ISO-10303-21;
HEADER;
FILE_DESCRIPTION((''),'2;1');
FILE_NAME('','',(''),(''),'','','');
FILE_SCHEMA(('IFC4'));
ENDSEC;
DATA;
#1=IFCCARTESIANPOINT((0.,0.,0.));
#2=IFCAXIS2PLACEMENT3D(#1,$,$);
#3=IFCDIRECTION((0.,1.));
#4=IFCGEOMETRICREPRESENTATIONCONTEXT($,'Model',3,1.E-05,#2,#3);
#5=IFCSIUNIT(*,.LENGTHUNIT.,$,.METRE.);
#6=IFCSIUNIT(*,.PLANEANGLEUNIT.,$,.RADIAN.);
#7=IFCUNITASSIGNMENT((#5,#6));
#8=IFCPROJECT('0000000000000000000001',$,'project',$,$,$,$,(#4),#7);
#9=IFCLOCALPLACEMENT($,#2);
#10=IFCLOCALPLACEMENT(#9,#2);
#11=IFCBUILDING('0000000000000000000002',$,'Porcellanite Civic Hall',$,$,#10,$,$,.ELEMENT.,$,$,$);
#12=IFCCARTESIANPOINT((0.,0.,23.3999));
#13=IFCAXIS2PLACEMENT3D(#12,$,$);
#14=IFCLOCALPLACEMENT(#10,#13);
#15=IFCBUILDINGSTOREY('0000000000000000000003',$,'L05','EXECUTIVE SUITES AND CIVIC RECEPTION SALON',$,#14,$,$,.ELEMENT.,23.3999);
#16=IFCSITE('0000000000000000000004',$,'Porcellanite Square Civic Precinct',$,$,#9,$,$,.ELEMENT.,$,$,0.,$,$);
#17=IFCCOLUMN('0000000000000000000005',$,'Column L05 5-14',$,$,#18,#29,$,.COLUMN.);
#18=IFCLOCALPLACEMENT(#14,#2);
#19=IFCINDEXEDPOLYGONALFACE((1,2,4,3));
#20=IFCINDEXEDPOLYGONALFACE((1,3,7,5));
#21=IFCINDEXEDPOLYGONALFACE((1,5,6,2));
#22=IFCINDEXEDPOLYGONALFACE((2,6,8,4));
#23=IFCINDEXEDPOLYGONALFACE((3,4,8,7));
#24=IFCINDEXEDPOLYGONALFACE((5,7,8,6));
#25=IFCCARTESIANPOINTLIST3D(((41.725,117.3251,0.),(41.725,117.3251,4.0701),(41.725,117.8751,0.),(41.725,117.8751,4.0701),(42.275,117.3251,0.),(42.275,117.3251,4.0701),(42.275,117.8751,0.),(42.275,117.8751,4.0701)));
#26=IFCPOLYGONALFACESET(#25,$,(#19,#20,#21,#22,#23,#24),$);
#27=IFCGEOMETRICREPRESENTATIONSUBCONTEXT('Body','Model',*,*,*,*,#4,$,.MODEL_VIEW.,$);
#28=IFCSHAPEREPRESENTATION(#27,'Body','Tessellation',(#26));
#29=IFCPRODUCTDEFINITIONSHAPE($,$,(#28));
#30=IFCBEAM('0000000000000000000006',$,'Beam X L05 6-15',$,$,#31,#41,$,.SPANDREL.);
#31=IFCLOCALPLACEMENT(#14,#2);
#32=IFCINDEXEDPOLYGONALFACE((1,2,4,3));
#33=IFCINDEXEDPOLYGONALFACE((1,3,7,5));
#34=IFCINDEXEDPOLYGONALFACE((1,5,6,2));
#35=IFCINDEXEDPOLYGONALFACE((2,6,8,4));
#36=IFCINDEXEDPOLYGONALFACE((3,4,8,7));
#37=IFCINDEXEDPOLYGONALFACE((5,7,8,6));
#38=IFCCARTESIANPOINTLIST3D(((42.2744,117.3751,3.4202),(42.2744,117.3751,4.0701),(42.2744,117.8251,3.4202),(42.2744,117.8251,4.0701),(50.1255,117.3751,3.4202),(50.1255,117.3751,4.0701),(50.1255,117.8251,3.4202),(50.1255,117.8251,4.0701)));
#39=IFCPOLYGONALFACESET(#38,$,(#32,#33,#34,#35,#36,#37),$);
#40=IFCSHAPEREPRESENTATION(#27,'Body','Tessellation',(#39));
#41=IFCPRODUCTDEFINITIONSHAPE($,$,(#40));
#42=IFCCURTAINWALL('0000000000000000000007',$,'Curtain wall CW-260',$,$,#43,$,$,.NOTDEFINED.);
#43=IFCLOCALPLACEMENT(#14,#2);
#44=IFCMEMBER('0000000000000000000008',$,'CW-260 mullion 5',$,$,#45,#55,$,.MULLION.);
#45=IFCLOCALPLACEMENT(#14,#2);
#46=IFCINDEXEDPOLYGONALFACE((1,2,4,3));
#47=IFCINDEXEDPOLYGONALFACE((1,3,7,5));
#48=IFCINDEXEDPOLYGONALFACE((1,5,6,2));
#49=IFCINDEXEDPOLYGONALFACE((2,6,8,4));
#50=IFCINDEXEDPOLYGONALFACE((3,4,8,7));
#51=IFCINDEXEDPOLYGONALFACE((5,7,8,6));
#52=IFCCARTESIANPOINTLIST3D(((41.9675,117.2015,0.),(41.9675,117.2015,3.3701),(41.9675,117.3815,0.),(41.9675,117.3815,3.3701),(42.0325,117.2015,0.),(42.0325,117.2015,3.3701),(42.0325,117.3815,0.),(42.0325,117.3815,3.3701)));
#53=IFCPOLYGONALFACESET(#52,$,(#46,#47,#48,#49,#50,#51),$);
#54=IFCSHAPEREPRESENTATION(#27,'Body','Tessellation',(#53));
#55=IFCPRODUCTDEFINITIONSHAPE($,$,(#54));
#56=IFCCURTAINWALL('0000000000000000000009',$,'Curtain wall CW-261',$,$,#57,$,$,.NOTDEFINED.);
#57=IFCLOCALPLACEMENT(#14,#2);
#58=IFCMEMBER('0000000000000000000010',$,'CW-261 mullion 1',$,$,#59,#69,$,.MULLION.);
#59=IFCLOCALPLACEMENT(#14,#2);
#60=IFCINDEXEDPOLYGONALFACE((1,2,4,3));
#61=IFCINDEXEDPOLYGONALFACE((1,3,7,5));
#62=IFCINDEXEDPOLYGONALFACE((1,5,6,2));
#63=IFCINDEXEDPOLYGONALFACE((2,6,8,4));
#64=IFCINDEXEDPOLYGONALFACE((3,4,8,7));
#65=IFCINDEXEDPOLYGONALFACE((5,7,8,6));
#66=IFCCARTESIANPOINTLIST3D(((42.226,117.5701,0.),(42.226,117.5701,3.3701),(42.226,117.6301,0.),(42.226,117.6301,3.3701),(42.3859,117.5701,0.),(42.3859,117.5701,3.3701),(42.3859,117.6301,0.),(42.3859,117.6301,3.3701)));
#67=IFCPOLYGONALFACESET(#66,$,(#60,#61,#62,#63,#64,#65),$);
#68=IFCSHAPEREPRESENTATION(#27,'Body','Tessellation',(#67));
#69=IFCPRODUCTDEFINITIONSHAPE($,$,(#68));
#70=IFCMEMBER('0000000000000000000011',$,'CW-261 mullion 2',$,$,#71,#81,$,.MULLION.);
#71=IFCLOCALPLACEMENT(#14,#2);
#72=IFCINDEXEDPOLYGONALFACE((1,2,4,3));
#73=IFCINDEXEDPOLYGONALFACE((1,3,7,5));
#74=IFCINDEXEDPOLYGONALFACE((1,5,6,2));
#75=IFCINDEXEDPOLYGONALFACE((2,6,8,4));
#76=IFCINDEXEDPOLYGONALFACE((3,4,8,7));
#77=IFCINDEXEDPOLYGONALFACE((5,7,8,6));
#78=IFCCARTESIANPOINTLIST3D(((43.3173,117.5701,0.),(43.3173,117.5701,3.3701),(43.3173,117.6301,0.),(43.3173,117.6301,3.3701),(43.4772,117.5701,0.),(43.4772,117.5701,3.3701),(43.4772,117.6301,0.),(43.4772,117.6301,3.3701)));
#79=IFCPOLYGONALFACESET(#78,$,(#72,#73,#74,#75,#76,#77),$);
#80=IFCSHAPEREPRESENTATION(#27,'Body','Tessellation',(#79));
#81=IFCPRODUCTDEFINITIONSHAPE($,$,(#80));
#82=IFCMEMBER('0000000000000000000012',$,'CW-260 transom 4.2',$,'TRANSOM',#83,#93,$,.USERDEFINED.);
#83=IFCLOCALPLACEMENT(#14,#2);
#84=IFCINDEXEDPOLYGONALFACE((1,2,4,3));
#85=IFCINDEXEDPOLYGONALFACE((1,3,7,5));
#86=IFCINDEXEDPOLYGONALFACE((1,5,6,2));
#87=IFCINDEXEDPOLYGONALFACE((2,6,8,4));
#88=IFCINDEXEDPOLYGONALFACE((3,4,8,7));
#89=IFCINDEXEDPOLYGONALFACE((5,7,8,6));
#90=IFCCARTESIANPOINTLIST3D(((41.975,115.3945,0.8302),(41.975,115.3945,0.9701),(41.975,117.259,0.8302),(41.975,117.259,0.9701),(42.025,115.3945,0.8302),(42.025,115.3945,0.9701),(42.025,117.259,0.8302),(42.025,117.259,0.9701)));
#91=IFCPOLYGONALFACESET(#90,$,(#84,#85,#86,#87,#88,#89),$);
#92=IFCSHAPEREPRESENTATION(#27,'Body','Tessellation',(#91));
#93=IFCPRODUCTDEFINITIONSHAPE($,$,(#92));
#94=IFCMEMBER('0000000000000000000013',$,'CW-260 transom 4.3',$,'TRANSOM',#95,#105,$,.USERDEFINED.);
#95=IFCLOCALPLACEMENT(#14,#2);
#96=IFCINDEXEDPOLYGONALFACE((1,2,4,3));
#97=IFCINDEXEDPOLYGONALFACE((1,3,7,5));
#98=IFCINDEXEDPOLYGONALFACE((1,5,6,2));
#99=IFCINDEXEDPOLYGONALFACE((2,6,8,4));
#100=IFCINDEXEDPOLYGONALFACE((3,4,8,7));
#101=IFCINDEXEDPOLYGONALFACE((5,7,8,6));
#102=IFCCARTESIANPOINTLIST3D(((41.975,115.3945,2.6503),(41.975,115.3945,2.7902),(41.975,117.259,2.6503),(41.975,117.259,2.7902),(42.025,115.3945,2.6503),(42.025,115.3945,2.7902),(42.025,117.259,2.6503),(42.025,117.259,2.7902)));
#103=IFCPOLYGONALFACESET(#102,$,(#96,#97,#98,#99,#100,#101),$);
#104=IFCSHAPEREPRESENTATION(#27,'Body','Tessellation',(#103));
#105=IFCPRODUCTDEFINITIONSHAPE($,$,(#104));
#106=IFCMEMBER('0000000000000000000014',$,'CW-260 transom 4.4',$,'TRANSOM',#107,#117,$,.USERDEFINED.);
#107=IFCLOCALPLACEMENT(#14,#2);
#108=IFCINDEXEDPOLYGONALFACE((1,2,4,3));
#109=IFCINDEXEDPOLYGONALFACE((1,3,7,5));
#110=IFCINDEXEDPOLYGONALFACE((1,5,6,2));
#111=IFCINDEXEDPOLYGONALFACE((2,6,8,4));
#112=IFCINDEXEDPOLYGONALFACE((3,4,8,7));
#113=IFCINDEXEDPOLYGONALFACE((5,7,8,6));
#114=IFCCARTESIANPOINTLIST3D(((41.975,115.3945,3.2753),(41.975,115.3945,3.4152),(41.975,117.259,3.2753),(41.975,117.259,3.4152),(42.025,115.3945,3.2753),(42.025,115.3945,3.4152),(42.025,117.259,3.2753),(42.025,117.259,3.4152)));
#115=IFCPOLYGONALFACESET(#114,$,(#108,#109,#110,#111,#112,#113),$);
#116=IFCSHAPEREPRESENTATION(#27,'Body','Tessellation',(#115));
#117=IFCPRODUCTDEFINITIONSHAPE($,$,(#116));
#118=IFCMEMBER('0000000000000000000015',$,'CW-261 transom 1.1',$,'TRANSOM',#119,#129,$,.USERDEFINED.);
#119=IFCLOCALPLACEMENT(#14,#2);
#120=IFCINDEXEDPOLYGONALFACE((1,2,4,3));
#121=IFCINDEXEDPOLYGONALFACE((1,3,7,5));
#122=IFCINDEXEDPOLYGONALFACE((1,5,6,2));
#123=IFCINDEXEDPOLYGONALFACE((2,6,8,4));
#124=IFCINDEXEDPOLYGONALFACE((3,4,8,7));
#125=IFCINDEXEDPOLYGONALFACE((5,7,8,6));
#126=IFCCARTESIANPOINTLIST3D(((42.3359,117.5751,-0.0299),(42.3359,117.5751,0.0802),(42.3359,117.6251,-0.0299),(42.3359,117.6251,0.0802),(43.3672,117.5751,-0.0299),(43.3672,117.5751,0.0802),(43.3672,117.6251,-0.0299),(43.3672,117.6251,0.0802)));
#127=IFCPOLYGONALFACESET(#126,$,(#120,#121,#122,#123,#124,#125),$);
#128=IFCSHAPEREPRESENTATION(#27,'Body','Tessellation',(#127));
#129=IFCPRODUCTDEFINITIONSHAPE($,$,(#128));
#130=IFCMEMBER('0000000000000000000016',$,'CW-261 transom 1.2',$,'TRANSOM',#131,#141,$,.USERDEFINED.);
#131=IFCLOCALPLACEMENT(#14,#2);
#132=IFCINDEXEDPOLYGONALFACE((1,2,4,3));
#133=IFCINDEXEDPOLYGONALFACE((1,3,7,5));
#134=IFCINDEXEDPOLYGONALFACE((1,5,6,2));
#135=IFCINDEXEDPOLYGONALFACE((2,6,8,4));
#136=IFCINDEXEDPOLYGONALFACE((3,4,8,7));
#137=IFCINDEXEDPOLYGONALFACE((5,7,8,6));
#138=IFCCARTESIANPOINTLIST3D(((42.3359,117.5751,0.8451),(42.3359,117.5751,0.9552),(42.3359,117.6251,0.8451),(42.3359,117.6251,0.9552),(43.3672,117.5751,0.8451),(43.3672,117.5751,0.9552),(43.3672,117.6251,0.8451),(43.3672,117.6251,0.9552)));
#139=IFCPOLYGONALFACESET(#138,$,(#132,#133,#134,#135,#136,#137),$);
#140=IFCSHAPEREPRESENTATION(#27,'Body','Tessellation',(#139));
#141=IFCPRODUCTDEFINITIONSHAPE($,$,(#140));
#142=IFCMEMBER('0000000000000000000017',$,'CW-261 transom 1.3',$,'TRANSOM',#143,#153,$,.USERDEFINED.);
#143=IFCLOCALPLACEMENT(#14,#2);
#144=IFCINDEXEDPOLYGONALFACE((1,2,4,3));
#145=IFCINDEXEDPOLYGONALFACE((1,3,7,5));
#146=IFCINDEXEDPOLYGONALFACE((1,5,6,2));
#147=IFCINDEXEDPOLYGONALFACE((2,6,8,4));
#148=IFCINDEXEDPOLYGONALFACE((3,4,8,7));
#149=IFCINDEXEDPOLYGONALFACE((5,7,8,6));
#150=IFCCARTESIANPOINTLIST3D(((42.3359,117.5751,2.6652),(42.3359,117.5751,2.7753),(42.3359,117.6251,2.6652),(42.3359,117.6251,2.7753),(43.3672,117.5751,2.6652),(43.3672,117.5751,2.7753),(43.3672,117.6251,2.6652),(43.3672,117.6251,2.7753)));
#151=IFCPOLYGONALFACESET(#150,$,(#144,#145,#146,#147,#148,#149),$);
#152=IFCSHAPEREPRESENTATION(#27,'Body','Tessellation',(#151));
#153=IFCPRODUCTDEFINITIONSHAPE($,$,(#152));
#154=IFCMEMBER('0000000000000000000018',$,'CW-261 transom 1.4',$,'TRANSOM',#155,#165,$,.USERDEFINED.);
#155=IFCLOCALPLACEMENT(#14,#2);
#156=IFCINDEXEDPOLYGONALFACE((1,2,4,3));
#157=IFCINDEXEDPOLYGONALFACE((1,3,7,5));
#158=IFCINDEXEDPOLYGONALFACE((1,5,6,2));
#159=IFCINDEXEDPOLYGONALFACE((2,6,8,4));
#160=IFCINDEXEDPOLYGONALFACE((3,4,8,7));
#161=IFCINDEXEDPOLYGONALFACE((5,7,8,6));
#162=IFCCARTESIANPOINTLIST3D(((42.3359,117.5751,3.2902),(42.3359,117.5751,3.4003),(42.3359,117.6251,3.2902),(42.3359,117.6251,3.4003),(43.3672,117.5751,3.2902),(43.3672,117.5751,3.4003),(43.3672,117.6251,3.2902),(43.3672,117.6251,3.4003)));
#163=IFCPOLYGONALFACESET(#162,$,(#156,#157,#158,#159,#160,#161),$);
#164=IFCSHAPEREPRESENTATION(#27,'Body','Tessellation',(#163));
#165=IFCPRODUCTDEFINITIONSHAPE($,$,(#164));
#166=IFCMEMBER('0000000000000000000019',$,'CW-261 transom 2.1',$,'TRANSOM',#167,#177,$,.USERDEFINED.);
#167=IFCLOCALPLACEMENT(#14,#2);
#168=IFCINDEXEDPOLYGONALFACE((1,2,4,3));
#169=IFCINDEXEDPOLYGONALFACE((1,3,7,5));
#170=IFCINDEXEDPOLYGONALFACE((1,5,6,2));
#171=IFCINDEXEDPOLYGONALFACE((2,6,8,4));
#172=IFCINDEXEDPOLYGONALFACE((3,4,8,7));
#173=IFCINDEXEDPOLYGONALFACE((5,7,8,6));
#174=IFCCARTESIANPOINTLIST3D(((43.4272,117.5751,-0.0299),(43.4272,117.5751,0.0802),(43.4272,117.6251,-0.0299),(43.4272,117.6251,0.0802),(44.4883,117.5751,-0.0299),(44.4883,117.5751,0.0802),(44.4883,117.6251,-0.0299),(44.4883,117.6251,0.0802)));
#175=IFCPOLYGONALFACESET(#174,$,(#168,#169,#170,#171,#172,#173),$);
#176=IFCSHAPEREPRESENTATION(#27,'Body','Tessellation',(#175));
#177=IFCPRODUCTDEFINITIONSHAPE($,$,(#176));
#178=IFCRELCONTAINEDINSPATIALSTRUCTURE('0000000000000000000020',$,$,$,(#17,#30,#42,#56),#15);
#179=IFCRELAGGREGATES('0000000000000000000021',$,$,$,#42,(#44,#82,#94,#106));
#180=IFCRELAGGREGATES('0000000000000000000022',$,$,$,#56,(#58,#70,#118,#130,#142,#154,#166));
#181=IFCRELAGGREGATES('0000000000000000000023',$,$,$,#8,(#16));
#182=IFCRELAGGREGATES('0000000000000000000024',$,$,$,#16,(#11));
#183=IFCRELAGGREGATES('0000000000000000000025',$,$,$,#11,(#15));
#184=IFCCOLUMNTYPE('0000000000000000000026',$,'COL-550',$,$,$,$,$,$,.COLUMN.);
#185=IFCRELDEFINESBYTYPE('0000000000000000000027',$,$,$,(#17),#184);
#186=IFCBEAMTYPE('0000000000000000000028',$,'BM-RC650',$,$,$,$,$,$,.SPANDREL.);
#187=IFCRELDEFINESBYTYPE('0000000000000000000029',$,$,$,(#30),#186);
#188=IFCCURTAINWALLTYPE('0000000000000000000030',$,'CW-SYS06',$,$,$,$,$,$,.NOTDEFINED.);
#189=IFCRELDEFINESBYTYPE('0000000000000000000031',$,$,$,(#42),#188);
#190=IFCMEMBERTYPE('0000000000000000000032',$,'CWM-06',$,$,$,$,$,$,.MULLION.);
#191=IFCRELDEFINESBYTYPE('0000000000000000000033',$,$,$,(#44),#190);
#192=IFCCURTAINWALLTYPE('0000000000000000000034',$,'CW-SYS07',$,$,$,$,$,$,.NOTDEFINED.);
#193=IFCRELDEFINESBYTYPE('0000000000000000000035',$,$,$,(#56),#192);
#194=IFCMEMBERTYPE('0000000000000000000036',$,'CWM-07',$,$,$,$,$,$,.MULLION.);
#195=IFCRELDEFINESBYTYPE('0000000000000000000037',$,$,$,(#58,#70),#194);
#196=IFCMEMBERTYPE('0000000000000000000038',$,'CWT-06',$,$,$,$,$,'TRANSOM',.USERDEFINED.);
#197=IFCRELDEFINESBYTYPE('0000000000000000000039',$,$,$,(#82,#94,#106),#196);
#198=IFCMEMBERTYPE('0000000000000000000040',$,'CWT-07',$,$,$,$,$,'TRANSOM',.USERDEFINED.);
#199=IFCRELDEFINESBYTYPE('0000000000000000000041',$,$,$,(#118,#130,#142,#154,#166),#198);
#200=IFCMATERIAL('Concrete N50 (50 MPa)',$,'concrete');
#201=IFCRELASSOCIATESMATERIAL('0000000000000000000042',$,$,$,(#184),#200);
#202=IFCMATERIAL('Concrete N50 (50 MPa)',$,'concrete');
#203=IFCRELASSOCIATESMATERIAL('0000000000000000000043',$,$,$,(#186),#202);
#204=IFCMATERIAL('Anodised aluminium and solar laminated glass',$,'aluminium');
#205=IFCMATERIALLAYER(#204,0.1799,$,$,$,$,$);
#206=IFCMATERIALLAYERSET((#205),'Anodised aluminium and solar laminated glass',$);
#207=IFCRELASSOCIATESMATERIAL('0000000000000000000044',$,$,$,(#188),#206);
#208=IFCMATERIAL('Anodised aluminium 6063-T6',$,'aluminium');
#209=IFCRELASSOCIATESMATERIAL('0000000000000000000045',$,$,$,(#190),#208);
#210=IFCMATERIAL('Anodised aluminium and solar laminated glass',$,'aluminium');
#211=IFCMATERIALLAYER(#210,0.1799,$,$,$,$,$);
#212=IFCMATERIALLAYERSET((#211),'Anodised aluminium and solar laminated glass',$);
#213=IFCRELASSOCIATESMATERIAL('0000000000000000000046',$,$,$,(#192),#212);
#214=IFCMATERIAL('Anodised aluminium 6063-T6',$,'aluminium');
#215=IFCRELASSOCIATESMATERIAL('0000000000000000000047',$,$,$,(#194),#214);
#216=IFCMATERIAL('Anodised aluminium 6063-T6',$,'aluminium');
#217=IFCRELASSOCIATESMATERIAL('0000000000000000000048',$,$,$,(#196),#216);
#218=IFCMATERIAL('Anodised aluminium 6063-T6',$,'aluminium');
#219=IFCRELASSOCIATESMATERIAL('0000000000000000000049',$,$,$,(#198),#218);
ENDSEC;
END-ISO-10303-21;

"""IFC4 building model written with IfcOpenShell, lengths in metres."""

from ifc_helpers import new_model, si_unit, direction, frame, origin, origin_2d, place, context, subcontext, project, spatial, rectangle, extrude, material, layer, layer_set, material_profile, profile_set, type_object, element, aggregate, save


model = new_model("IFC4")

# Units and contexts
model_context = context("Model", 3, precision=1e-05, world=origin(), true_north=direction((0.0, 1.0)))
body_context = subcontext(model_context, "Body", "Model", "MODEL_VIEW")
ifc_project = project(units=[si_unit("LENGTHUNIT", "METRE"), si_unit("PLANEANGLEUNIT", "RADIAN")], contexts=[model_context])

# Site, building, storey
site_placement = place(None, origin())
site = spatial("IfcSite", under=ifc_project, at=site_placement, Name="Porcellanite Square Civic Precinct", CompositionType="ELEMENT", RefElevation=0.0)
building_placement = place(site_placement, origin())
building = spatial("IfcBuilding", under=site, at=building_placement, Name="Porcellanite Civic Hall", CompositionType="ELEMENT")
storey_placement = place(building_placement, frame((0.0, 0.0, 23.3999)))
storey = spatial("IfcBuildingStorey", under=building, at=storey_placement, Name="L05", Description="EXECUTIVE SUITES AND CIVIC RECEPTION SALON", CompositionType="ELEMENT", Elevation=23.3999)

# Column
ifc_material_1 = material(Name="Concrete N50 (50 MPa)", Category="concrete")
ifc_material_profile_1 = material_profile(ifc_material_1, rectangle(XDim=0.55, YDim=0.55, at=origin_2d()), Name="RC-550x550")
ifc_profile_set_1 = profile_set([ifc_material_profile_1], Name="Concrete N50 (50 MPa)")
column_type = type_object("IfcColumnType", Name="COL-550", PredefinedType="COLUMN", material=ifc_profile_set_1)
column_placement = place(storey_placement, frame((42.0, 117.6001, 0.0), z_axis=(0.0, 0.0, 1.0), x_axis=(1.0, 0.0, 0.0)))
element("IfcColumn", 1, at=column_placement, inside=storey, type_object=column_type, Name="Column L05 5-14", PredefinedType="COLUMN", context=body_context, shape_type="SweptSolid", body=[
    extrude(rectangle(XDim=0.55, YDim=0.55, at=origin_2d()), origin(), (0.0, 0.0, 1.0), 4.0701),
])

# Beam
ifc_material_2 = material(Name="Concrete N50 (50 MPa)", Category="concrete")
ifc_material_profile_2 = material_profile(ifc_material_2, rectangle(XDim=0.45, YDim=0.6499, at=origin_2d()), Name="RC-450x650")
ifc_profile_set_2 = profile_set([ifc_material_profile_2], Name="Concrete N50 (50 MPa)")
beam_type = type_object("IfcBeamType", Name="BM-RC650", PredefinedType="SPANDREL", material=ifc_profile_set_2)
beam_placement = place(storey_placement, frame((42.2744, 117.6001, 3.7451), z_axis=(1.0, 0.0, 0.0), x_axis=(0.0, 1.0, 0.0)))
element("IfcBeam", 2, at=beam_placement, inside=storey, type_object=beam_type, Name="Beam X L05 6-15", PredefinedType="SPANDREL", context=body_context, shape_type="SweptSolid", body=[
    extrude(rectangle(XDim=0.45, YDim=0.6499, at=origin_2d()), origin(), (0.0, 0.0, 1.0), 7.8511),
])

# Curtain wall, member
ifc_material_3 = material(Name="Anodised aluminium and solar laminated glass", Category="aluminium")
ifc_layer_1 = layer(ifc_material_3, 0.1799)
ifc_layer_set_1 = layer_set([ifc_layer_1], Name="Anodised aluminium and solar laminated glass")
curtain_wall_type_1 = type_object("IfcCurtainWallType", Name="CW-SYS06", PredefinedType="NOTDEFINED", material=ifc_layer_set_1)
curtain_wall_1_placement = place(storey_placement, origin())
curtain_wall_1 = element("IfcCurtainWall", 3, at=curtain_wall_1_placement, inside=storey, type_object=curtain_wall_type_1, Name="Curtain wall CW-260", PredefinedType="NOTDEFINED")
ifc_material_4 = material(Name="Anodised aluminium 6063-T6", Category="aluminium")
ifc_material_profile_3 = material_profile(ifc_material_4, rectangle(XDim=0.0649, YDim=0.1799, at=origin_2d()), Name="AL-65x180")
ifc_profile_set_3 = profile_set([ifc_material_profile_3], Name="Anodised aluminium 6063-T6")
member_type_1 = type_object("IfcMemberType", Name="CWM-06", PredefinedType="MULLION", material=ifc_profile_set_3)
member_1_placement = place(storey_placement, frame((42.0, 117.2915, 0.0), z_axis=(0.0, 0.0, 1.0), x_axis=(-1.0, 0.0, 0.0)))
member_1 = element("IfcMember", 4, at=member_1_placement, type_object=member_type_1, Name="CW-260 mullion 5", PredefinedType="MULLION", context=body_context, shape_type="SweptSolid", body=[
    extrude(rectangle(XDim=0.0649, YDim=0.1799, at=origin_2d()), origin(), (0.0, 0.0, 1.0), 3.3701),
])

# Curtain wall, members
ifc_material_5 = material(Name="Anodised aluminium and solar laminated glass", Category="aluminium")
ifc_layer_2 = layer(ifc_material_5, 0.1799)
ifc_layer_set_2 = layer_set([ifc_layer_2], Name="Anodised aluminium and solar laminated glass")
curtain_wall_type_2 = type_object("IfcCurtainWallType", Name="CW-SYS07", PredefinedType="NOTDEFINED", material=ifc_layer_set_2)
curtain_wall_2_placement = place(storey_placement, origin())
curtain_wall_2 = element("IfcCurtainWall", 5, at=curtain_wall_2_placement, inside=storey, type_object=curtain_wall_type_2, Name="Curtain wall CW-261", PredefinedType="NOTDEFINED")
ifc_material_6 = material(Name="Anodised aluminium 6063-T6", Category="aluminium")
ifc_material_profile_4 = material_profile(ifc_material_6, rectangle(XDim=0.0601, YDim=0.1599, at=origin_2d()), Name="AL-60x160")
ifc_profile_set_4 = profile_set([ifc_material_profile_4], Name="Anodised aluminium 6063-T6")
member_type_2 = type_object("IfcMemberType", Name="CWM-07", PredefinedType="MULLION", material=ifc_profile_set_4)
member_2_placement = place(storey_placement, frame((42.3059, 117.6001, 0.0), z_axis=(0.0, 0.0, 1.0), x_axis=(0.0, 1.0, 0.0)))
member_2 = element("IfcMember", 6, at=member_2_placement, type_object=member_type_2, Name="CW-261 mullion 1", PredefinedType="MULLION", context=body_context, shape_type="SweptSolid", body=[
    extrude(rectangle(XDim=0.0601, YDim=0.1599, at=origin_2d()), origin(), (0.0, 0.0, 1.0), 3.3701),
])
member_3_placement = place(storey_placement, frame((43.3972, 117.6001, 0.0), z_axis=(0.0, 0.0, 1.0), x_axis=(0.0, 1.0, 0.0)))
member_3 = element("IfcMember", 7, at=member_3_placement, type_object=member_type_2, Name="CW-261 mullion 2", PredefinedType="MULLION", context=body_context, shape_type="SweptSolid", body=[
    extrude(rectangle(XDim=0.0601, YDim=0.1599, at=origin_2d()), origin(), (0.0, 0.0, 1.0), 3.3701),
])

# Members
ifc_material_7 = material(Name="Anodised aluminium 6063-T6", Category="aluminium")
ifc_material_profile_5 = material_profile(ifc_material_7, rectangle(XDim=0.05, YDim=0.1399, at=origin_2d()), Name="AL-50x140")
ifc_profile_set_5 = profile_set([ifc_material_profile_5], Name="Anodised aluminium 6063-T6")
member_type_3 = type_object("IfcMemberType", Name="CWT-06", ElementType="TRANSOM", PredefinedType="USERDEFINED", material=ifc_profile_set_5)
member_4_placement = place(storey_placement, frame((42.0, 115.3945, 0.9001), z_axis=(0.0, 1.0, 0.0), x_axis=(-1.0, 0.0, 0.0)))
member_4 = element("IfcMember", 8, at=member_4_placement, type_object=member_type_3, Name="CW-260 transom 4.2", ObjectType="TRANSOM", PredefinedType="USERDEFINED", context=body_context, shape_type="SweptSolid", body=[
    extrude(rectangle(XDim=0.05, YDim=0.1399, at=origin_2d()), origin(), (0.0, 0.0, 1.0), 1.8645),
])
member_5_placement = place(storey_placement, frame((42.0, 115.3945, 2.7202), z_axis=(0.0, 1.0, 0.0), x_axis=(-1.0, 0.0, 0.0)))
member_5 = element("IfcMember", 9, at=member_5_placement, type_object=member_type_3, Name="CW-260 transom 4.3", ObjectType="TRANSOM", PredefinedType="USERDEFINED", context=body_context, shape_type="SweptSolid", body=[
    extrude(rectangle(XDim=0.05, YDim=0.1399, at=origin_2d()), origin(), (0.0, 0.0, 1.0), 1.8645),
])
member_6_placement = place(storey_placement, frame((42.0, 115.3945, 3.3452), z_axis=(0.0, 1.0, 0.0), x_axis=(-1.0, 0.0, 0.0)))
member_6 = element("IfcMember", 10, at=member_6_placement, type_object=member_type_3, Name="CW-260 transom 4.4", ObjectType="TRANSOM", PredefinedType="USERDEFINED", context=body_context, shape_type="SweptSolid", body=[
    extrude(rectangle(XDim=0.05, YDim=0.1399, at=origin_2d()), origin(), (0.0, 0.0, 1.0), 1.8645),
])
ifc_material_8 = material(Name="Anodised aluminium 6063-T6", Category="aluminium")
ifc_material_profile_6 = material_profile(ifc_material_8, rectangle(XDim=0.05, YDim=0.1101, at=origin_2d()), Name="AL-50x110")
ifc_profile_set_6 = profile_set([ifc_material_profile_6], Name="Anodised aluminium 6063-T6")
member_type_4 = type_object("IfcMemberType", Name="CWT-07", ElementType="TRANSOM", PredefinedType="USERDEFINED", material=ifc_profile_set_6)
member_7_placement = place(storey_placement, frame((42.3359, 117.6001, 0.0251), z_axis=(1.0, 0.0, 0.0), x_axis=(0.0, 1.0, 0.0)))
member_7 = element("IfcMember", 11, at=member_7_placement, type_object=member_type_4, Name="CW-261 transom 1.1", ObjectType="TRANSOM", PredefinedType="USERDEFINED", context=body_context, shape_type="SweptSolid", body=[
    extrude(rectangle(XDim=0.05, YDim=0.1101, at=origin_2d()), origin(), (0.0, 0.0, 1.0), 1.0312),
])
member_8_placement = place(storey_placement, frame((42.3359, 117.6001, 0.9001), z_axis=(1.0, 0.0, 0.0), x_axis=(0.0, 1.0, 0.0)))
member_8 = element("IfcMember", 12, at=member_8_placement, type_object=member_type_4, Name="CW-261 transom 1.2", ObjectType="TRANSOM", PredefinedType="USERDEFINED", context=body_context, shape_type="SweptSolid", body=[
    extrude(rectangle(XDim=0.05, YDim=0.1101, at=origin_2d()), origin(), (0.0, 0.0, 1.0), 1.0312),
])
member_9_placement = place(storey_placement, frame((42.3359, 117.6001, 2.7202), z_axis=(1.0, 0.0, 0.0), x_axis=(0.0, 1.0, 0.0)))
member_9 = element("IfcMember", 13, at=member_9_placement, type_object=member_type_4, Name="CW-261 transom 1.3", ObjectType="TRANSOM", PredefinedType="USERDEFINED", context=body_context, shape_type="SweptSolid", body=[
    extrude(rectangle(XDim=0.05, YDim=0.1101, at=origin_2d()), origin(), (0.0, 0.0, 1.0), 1.0312),
])
member_10_placement = place(storey_placement, frame((42.3359, 117.6001, 3.3452), z_axis=(1.0, 0.0, 0.0), x_axis=(0.0, 1.0, 0.0)))
member_10 = element("IfcMember", 14, at=member_10_placement, type_object=member_type_4, Name="CW-261 transom 1.4", ObjectType="TRANSOM", PredefinedType="USERDEFINED", context=body_context, shape_type="SweptSolid", body=[
    extrude(rectangle(XDim=0.05, YDim=0.1101, at=origin_2d()), origin(), (0.0, 0.0, 1.0), 1.0312),
])
member_11_placement = place(storey_placement, frame((43.4272, 117.6001, 0.0251), z_axis=(1.0, 0.0, 0.0), x_axis=(0.0, 1.0, 0.0)))
member_11 = element("IfcMember", 15, at=member_11_placement, type_object=member_type_4, Name="CW-261 transom 2.1", ObjectType="TRANSOM", PredefinedType="USERDEFINED", context=body_context, shape_type="SweptSolid", body=[
    extrude(rectangle(XDim=0.05, YDim=0.1101, at=origin_2d()), origin(), (0.0, 0.0, 1.0), 1.061),
])

aggregate(curtain_wall_1, [member_1, member_4, member_5, member_6])
aggregate(curtain_wall_2, [member_2, member_3, member_7, member_8, member_9, member_10, member_11])

save(model, "model.ifc")
